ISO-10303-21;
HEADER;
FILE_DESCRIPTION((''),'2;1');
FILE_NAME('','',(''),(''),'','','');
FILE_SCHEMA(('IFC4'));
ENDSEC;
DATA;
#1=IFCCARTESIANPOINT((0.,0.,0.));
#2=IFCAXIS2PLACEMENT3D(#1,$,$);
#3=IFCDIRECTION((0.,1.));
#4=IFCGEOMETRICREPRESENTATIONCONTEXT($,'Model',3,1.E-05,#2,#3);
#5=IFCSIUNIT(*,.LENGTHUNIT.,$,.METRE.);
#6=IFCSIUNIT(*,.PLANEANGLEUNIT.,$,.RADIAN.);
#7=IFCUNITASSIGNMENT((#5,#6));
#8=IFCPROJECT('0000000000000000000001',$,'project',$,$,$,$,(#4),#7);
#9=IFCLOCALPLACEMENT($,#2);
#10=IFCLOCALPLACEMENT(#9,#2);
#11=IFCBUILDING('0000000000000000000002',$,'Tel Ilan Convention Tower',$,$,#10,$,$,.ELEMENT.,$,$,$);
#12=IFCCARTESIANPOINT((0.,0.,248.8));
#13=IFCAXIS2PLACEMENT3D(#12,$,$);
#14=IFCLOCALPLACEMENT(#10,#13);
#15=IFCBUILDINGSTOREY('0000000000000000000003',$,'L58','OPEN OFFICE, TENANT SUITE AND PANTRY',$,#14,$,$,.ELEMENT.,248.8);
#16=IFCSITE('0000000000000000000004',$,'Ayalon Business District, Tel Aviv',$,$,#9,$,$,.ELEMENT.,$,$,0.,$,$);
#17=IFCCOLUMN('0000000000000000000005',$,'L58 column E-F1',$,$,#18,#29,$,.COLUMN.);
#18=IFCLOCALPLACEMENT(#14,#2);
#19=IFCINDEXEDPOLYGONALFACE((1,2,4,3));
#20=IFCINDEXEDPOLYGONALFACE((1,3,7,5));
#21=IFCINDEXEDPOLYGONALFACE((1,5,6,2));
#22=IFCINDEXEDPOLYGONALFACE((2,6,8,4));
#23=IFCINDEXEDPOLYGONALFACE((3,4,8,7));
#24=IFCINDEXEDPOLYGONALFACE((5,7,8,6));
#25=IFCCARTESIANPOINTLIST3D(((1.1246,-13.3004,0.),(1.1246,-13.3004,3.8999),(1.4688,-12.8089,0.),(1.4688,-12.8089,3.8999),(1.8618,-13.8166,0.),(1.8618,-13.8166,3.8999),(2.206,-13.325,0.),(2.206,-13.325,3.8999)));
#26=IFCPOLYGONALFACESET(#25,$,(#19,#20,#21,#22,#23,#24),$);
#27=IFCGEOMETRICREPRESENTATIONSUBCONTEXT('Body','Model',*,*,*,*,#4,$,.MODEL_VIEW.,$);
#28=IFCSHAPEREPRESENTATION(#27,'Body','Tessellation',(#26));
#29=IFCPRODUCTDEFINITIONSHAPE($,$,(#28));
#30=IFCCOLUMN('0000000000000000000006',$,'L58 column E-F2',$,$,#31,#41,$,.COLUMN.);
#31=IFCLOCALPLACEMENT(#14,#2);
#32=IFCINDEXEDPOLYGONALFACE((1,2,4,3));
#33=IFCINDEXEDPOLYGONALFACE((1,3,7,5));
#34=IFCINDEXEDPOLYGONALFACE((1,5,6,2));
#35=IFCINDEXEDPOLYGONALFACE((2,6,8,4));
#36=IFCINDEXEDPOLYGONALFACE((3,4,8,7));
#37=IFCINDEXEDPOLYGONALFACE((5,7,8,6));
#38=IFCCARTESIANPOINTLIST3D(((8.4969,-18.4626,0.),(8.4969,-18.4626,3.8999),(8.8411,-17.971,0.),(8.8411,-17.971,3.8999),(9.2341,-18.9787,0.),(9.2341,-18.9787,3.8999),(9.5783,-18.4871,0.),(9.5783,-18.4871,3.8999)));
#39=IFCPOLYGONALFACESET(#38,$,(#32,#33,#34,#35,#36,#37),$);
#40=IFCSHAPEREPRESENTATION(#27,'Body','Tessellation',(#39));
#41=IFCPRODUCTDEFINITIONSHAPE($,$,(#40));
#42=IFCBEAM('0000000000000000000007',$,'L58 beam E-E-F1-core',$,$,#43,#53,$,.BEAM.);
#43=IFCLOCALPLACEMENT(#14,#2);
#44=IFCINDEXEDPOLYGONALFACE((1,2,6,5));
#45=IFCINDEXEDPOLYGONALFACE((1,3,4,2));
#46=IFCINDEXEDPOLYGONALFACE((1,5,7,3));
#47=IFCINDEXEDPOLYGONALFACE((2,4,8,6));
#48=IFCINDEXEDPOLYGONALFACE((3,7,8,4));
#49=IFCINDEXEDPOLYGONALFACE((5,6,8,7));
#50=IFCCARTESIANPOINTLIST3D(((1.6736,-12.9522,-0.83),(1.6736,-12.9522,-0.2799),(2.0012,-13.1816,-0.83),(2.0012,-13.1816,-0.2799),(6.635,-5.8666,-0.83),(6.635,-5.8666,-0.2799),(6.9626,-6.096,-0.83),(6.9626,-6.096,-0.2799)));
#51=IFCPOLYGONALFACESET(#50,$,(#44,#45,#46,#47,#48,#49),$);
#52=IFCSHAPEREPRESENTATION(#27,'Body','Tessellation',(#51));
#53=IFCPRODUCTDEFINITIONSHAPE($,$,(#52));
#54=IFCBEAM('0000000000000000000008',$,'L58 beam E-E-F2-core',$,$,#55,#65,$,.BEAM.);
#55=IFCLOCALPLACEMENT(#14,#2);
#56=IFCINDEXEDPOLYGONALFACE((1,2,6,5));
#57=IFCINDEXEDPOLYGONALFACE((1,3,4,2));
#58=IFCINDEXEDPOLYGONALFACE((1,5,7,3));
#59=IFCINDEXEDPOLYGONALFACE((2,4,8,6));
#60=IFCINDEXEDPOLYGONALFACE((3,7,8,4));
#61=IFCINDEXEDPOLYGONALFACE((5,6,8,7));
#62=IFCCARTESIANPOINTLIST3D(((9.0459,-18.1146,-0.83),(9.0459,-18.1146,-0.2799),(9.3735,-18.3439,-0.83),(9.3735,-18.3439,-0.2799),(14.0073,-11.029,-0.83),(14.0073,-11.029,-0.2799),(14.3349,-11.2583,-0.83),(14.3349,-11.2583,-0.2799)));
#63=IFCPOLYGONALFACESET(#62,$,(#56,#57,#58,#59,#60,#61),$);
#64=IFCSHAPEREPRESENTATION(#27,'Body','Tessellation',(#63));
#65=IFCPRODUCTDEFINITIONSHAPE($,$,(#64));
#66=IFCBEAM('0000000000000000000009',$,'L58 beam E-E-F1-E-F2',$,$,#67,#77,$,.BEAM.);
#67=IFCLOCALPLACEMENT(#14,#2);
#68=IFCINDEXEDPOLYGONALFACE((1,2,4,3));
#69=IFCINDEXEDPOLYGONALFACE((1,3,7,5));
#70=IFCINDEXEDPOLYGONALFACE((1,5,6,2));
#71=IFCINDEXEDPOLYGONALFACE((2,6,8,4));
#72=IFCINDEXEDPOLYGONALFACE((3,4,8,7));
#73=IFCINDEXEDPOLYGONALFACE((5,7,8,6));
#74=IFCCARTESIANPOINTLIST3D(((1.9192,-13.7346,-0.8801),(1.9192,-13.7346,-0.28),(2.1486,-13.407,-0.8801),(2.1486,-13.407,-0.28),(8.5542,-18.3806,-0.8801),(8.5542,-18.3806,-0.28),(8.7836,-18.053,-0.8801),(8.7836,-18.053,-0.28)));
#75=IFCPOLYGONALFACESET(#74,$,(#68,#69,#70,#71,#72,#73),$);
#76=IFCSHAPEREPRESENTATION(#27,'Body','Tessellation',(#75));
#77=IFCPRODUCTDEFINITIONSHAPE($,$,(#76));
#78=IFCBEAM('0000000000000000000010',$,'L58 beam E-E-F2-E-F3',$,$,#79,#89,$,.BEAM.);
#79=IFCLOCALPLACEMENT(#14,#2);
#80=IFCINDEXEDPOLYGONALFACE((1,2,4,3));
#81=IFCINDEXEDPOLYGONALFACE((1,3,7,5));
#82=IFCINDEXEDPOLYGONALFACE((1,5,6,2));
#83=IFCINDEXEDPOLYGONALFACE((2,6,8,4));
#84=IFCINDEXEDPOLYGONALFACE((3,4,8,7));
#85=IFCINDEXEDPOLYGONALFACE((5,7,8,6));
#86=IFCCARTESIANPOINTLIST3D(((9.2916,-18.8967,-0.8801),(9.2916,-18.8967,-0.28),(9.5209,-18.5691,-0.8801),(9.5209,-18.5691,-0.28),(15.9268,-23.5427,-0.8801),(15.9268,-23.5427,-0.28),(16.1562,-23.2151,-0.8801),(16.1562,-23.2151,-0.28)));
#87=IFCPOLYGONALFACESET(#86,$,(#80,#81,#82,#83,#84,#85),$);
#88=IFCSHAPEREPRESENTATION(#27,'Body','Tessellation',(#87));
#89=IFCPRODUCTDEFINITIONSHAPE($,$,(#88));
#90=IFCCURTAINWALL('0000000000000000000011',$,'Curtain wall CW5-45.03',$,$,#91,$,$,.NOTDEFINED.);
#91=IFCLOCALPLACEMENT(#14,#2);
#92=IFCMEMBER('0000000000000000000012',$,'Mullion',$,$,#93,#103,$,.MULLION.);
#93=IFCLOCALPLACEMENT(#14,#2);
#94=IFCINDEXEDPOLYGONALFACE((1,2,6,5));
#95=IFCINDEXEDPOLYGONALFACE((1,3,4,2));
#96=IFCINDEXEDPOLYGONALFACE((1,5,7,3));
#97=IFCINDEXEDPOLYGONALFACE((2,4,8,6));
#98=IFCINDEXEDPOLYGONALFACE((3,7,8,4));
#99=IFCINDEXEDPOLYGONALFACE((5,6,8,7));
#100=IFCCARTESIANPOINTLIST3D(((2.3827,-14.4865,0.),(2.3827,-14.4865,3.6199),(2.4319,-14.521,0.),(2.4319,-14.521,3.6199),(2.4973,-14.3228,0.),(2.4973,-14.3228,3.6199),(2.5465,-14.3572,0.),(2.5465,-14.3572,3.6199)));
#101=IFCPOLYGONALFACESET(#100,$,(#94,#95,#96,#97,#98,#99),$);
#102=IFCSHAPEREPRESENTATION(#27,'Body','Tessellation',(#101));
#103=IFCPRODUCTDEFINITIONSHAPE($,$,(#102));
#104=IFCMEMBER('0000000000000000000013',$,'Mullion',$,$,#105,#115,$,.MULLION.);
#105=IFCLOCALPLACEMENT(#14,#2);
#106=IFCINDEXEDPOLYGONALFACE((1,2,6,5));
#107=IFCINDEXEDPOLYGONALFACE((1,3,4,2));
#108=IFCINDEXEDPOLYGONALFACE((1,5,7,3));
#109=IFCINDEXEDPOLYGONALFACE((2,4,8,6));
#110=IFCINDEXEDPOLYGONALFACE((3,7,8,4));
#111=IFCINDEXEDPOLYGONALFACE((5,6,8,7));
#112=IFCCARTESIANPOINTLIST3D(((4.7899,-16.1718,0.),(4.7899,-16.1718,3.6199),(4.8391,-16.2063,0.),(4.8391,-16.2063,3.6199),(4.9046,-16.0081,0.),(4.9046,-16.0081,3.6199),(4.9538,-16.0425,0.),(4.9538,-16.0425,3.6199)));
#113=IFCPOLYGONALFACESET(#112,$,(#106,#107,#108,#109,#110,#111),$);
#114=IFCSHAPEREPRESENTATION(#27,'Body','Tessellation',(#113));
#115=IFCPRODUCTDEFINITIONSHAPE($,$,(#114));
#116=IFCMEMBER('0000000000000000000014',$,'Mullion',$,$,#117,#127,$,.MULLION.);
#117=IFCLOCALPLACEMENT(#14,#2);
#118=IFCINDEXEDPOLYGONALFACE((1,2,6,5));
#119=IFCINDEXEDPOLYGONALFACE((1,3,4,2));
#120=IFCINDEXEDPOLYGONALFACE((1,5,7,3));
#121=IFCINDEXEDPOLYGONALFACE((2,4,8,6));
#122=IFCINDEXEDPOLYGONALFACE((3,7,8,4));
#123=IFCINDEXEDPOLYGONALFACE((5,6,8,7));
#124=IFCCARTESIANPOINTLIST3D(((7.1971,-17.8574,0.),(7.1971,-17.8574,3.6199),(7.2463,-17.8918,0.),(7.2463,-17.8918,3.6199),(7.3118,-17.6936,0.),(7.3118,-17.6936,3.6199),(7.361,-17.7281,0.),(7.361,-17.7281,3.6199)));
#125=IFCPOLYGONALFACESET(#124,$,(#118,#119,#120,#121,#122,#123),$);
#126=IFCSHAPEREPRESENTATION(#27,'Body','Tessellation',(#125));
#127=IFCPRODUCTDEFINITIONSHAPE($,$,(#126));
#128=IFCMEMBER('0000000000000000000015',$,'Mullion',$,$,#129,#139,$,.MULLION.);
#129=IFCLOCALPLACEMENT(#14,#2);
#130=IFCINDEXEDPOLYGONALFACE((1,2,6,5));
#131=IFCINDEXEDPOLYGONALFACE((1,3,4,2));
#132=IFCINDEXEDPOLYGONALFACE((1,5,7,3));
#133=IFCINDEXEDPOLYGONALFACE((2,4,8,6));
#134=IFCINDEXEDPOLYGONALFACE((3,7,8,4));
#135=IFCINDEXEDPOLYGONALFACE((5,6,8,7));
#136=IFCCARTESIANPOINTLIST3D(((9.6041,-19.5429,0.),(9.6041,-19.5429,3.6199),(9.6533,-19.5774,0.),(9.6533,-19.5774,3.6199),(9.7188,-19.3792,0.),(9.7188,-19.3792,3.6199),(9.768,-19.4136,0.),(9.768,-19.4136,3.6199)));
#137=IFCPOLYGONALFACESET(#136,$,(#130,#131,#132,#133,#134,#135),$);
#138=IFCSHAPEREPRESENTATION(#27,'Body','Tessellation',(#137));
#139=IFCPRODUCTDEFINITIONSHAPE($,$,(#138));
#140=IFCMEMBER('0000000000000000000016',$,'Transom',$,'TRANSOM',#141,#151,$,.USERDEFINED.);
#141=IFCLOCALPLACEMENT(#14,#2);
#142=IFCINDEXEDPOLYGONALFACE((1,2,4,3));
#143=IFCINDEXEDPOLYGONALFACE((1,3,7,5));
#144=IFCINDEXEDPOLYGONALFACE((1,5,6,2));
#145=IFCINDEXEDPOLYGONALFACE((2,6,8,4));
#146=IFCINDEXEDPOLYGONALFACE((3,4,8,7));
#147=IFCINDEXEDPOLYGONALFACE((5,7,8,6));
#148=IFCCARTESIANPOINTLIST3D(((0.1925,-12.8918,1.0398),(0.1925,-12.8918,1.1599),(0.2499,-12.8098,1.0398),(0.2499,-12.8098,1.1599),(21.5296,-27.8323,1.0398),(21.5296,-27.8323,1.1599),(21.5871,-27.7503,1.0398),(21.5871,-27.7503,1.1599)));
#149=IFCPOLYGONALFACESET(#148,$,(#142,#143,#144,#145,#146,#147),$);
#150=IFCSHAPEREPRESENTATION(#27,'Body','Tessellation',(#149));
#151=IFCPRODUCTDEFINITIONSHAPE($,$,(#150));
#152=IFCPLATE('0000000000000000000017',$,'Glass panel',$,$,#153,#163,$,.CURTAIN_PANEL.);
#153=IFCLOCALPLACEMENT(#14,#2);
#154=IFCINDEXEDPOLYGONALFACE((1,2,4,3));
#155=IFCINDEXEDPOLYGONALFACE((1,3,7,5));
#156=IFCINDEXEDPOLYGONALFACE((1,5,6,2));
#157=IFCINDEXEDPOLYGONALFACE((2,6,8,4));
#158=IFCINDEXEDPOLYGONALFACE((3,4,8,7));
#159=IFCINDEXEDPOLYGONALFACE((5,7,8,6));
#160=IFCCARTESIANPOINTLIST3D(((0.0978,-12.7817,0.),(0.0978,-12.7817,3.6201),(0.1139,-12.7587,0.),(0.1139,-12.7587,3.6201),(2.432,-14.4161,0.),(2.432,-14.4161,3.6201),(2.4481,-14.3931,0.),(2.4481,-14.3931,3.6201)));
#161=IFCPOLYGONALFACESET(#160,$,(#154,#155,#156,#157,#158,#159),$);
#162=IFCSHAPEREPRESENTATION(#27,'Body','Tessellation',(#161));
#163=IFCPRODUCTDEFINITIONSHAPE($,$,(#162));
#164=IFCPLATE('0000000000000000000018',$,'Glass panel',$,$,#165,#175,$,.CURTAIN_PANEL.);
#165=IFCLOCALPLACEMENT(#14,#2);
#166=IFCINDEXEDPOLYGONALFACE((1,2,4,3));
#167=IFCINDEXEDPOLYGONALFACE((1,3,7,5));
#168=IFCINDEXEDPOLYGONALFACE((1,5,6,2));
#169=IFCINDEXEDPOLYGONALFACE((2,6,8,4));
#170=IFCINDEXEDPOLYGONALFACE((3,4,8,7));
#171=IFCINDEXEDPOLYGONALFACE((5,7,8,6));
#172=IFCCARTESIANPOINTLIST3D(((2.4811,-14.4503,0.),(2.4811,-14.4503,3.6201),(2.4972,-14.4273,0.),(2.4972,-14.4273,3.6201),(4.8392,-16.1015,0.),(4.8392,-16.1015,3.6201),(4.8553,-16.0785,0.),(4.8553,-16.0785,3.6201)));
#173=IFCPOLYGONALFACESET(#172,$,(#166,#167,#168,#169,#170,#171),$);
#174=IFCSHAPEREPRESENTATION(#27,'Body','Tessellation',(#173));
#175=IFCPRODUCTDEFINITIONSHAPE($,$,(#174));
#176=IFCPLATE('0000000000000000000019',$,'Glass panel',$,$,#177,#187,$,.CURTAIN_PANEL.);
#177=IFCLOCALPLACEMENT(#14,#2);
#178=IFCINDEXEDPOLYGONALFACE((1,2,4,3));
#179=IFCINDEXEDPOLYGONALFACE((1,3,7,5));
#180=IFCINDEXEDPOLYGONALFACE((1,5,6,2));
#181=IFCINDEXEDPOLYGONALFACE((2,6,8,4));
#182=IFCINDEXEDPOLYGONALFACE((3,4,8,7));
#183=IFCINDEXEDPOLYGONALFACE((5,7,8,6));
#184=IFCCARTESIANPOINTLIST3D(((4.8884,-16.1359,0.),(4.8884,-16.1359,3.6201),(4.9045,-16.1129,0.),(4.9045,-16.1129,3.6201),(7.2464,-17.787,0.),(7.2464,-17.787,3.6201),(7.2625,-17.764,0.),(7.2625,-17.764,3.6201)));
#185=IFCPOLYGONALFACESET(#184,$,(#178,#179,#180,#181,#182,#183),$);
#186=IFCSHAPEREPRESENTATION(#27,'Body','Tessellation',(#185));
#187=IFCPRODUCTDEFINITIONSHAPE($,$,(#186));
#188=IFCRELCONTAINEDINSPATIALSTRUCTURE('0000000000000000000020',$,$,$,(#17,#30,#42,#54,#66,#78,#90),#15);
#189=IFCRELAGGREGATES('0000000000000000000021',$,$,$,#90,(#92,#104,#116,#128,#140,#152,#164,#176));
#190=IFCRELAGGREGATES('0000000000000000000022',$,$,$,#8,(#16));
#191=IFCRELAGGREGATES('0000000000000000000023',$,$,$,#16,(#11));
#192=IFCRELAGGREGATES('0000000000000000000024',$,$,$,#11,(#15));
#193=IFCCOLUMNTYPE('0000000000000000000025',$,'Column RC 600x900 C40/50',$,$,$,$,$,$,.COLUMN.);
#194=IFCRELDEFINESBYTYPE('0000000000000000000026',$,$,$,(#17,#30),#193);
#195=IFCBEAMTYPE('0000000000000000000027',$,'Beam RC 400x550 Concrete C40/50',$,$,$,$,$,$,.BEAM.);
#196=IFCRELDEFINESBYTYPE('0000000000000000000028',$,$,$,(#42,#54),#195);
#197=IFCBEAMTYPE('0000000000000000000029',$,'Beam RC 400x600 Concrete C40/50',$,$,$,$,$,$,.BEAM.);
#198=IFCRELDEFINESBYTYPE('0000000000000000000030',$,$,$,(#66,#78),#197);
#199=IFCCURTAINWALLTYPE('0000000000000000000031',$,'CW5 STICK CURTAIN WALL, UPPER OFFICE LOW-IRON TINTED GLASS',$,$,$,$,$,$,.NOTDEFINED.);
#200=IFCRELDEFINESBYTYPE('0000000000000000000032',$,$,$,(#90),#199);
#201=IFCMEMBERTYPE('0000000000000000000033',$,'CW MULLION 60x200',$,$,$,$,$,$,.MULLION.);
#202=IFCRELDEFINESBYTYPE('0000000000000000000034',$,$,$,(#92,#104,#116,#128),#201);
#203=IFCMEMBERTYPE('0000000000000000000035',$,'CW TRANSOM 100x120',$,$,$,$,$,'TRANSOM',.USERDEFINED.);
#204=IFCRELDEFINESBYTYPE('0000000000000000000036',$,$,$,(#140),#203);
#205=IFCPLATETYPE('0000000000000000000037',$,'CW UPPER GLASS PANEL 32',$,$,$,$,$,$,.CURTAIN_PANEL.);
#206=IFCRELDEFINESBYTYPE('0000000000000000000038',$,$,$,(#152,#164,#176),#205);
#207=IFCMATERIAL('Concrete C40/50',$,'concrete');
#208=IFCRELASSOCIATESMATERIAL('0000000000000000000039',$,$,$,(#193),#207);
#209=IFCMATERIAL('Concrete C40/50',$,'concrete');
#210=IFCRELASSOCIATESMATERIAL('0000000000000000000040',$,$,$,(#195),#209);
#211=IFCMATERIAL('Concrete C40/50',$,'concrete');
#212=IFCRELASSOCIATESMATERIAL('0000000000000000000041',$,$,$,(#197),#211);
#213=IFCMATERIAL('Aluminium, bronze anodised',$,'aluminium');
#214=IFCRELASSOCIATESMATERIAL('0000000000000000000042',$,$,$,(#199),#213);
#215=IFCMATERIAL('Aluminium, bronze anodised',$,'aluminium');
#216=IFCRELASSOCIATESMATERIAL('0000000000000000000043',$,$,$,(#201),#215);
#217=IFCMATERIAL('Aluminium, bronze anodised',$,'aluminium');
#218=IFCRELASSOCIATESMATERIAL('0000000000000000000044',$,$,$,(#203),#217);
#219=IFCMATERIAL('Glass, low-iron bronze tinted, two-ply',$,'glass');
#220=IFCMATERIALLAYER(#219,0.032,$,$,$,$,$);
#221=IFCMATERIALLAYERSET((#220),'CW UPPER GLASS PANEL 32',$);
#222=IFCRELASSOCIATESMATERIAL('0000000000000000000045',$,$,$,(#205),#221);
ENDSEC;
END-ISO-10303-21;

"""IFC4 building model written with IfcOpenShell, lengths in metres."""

from ifc_helpers import new_model, si_unit, direction, frame, origin, origin_2d, place, context, subcontext, project, spatial, rectangle, extrude, material, layer, layer_set, material_profile, profile_set, type_object, element, aggregate, save


model = new_model("IFC4")

# Units and contexts
model_context = context("Model", 3, precision=1e-05, world=origin(), true_north=direction((0.0, 1.0)))
body_context = subcontext(model_context, "Body", "Model", "MODEL_VIEW")
ifc_project = project(units=[si_unit("LENGTHUNIT", "METRE"), si_unit("PLANEANGLEUNIT", "RADIAN")], contexts=[model_context])

# Site, building, storey
site_placement = place(None, origin())
site = spatial("IfcSite", under=ifc_project, at=site_placement, Name="Ayalon Business District, Tel Aviv", CompositionType="ELEMENT", RefElevation=0.0)
building_placement = place(site_placement, origin())
building = spatial("IfcBuilding", under=site, at=building_placement, Name="Tel Ilan Convention Tower", CompositionType="ELEMENT")
storey_placement = place(building_placement, frame((0.0, 0.0, 248.8)))
storey = spatial("IfcBuildingStorey", under=building, at=storey_placement, Name="L58", Description="OPEN OFFICE, TENANT SUITE AND PANTRY", CompositionType="ELEMENT", Elevation=248.8)

# Columns
ifc_material_1 = material(Name="Concrete C40/50", Category="concrete")
ifc_material_profile_1 = material_profile(ifc_material_1, rectangle(XDim=0.8999, YDim=0.6001, at=origin_2d()), Name="RC 600x900")
ifc_profile_set_1 = profile_set([ifc_material_profile_1], Name="Concrete C40/50")
column_type = type_object("IfcColumnType", Name="Column RC 600x900 C40/50", PredefinedType="COLUMN", material=ifc_profile_set_1)
for number, where, z_axis, x_axis, name in (
    (1, (1.6653, -13.3127, 0.0), (0.0, 0.0, 1.0), (0.819152, -0.573576, 0.0), "L58 column E-F1"),
    (2, (9.0376, -18.4749, 0.0), (0.0, 0.0, 1.0), (0.819152, -0.573576, 0.0), "L58 column E-F2"),
):
    element("IfcColumn", number, at=place(storey_placement, frame(where, z_axis=z_axis, x_axis=x_axis)), inside=storey, type_object=column_type, Name=name, PredefinedType="COLUMN", context=body_context, shape_type="SweptSolid", body=[
        extrude(rectangle(XDim=0.8999, YDim=0.6001, at=origin_2d()), origin(), (0.0, 0.0, 1.0), 3.8999),
    ])

# Beams
ifc_material_2 = material(Name="Concrete C40/50", Category="concrete")
ifc_material_profile_2 = material_profile(ifc_material_2, rectangle(XDim=0.3999, YDim=0.55, at=origin_2d()), Name="RC 400x550")
ifc_profile_set_2 = profile_set([ifc_material_profile_2], Name="Concrete C40/50")
beam_type_1 = type_object("IfcBeamType", Name="Beam RC 400x550 Concrete C40/50", PredefinedType="BEAM", material=ifc_profile_set_2)
for number, where, z_axis, x_axis, name in (
    (3, (1.8374, -13.0669, -0.5549), (0.573574, 0.819154, 0.0), (-0.819154, 0.573574, 0.0), "L58 beam E-E-F1-core"),
    (4, (9.2097, -18.2292, -0.5549), (0.573574, 0.819154, 0.0), (-0.819154, 0.573574, 0.0), "L58 beam E-E-F2-core"),
):
    element("IfcBeam", number, at=place(storey_placement, frame(where, z_axis=z_axis, x_axis=x_axis)), inside=storey, type_object=beam_type_1, Name=name, PredefinedType="BEAM", context=body_context, shape_type="SweptSolid", body=[
        extrude(rectangle(XDim=0.3999, YDim=0.55, at=origin_2d()), origin(), (0.0, 0.0, 1.0), 8.6499),
    ])
ifc_material_3 = material(Name="Concrete C40/50", Category="concrete")
ifc_material_profile_3 = material_profile(ifc_material_3, rectangle(XDim=0.3999, YDim=0.6001, at=origin_2d()), Name="RC 400x600")
ifc_profile_set_3 = profile_set([ifc_material_profile_3], Name="Concrete C40/50")
beam_type_2 = type_object("IfcBeamType", Name="Beam RC 400x600 Concrete C40/50", PredefinedType="BEAM", material=ifc_profile_set_3)
beam_1_placement = place(storey_placement, frame((2.0339, -13.5708, -0.5801), z_axis=(0.819146, -0.573586, 0.0), x_axis=(0.573586, 0.819146, 0.0)))
element("IfcBeam", 5, at=beam_1_placement, inside=storey, type_object=beam_type_2, Name="L58 beam E-E-F1-E-F2", PredefinedType="BEAM", context=body_context, shape_type="SweptSolid", body=[
    extrude(rectangle(XDim=0.3999, YDim=0.6001, at=origin_2d()), origin(), (0.0, 0.0, 1.0), 8.0999),
])
beam_2_placement = place(storey_placement, frame((9.4062, -18.7329, -0.5801), z_axis=(0.819155, -0.573572, 0.0), x_axis=(0.573572, 0.819155, 0.0)))
element("IfcBeam", 6, at=beam_2_placement, inside=storey, type_object=beam_type_2, Name="L58 beam E-E-F2-E-F3", PredefinedType="BEAM", context=body_context, shape_type="SweptSolid", body=[
    extrude(rectangle(XDim=0.3999, YDim=0.6001, at=origin_2d()), origin(), (0.0, 0.0, 1.0), 8.1001),
])

# Curtain wall, members, plates
ifc_material_4 = material(Name="Aluminium, bronze anodised", Category="aluminium")
curtain_wall_type = type_object("IfcCurtainWallType", Name="CW5 STICK CURTAIN WALL, UPPER OFFICE LOW-IRON TINTED GLASS", PredefinedType="NOTDEFINED", material=ifc_material_4)
curtain_wall_placement = place(storey_placement, origin())
curtain_wall = element("IfcCurtainWall", 7, at=curtain_wall_placement, inside=storey, type_object=curtain_wall_type, Name="Curtain wall CW5-45.03", PredefinedType="NOTDEFINED")
ifc_material_5 = material(Name="Aluminium, bronze anodised", Category="aluminium")
ifc_material_profile_4 = material_profile(ifc_material_5, rectangle(XDim=0.0601, YDim=0.2, at=origin_2d()), Name="CW MULLION 60x200")
ifc_profile_set_4 = profile_set([ifc_material_profile_4], Name="Aluminium, bronze anodised")
member_type_1 = type_object("IfcMemberType", Name="CW MULLION 60x200", PredefinedType="MULLION", material=ifc_profile_set_4)
member_1_placement = place(storey_placement, frame((2.4646, -14.4219, 0.0), z_axis=(0.0, 0.0, 1.0), x_axis=(0.819152, -0.573576, 0.0)))
member_1 = element("IfcMember", 8, at=member_1_placement, type_object=member_type_1, Name="Mullion", PredefinedType="MULLION", context=body_context, shape_type="SweptSolid", body=[
    extrude(rectangle(XDim=0.0601, YDim=0.2, at=origin_2d()), origin(), (0.0, 0.0, 1.0), 3.6199),
])
member_2_placement = place(storey_placement, frame((4.8718, -16.1072, 0.0), z_axis=(0.0, 0.0, 1.0), x_axis=(0.819152, -0.573576, 0.0)))
member_2 = element("IfcMember", 9, at=member_2_placement, type_object=member_type_1, Name="Mullion", PredefinedType="MULLION", context=body_context, shape_type="SweptSolid", body=[
    extrude(rectangle(XDim=0.0601, YDim=0.2, at=origin_2d()), origin(), (0.0, 0.0, 1.0), 3.6199),
])
member_3_placement = place(storey_placement, frame((7.2791, -17.7927, 0.0), z_axis=(0.0, 0.0, 1.0), x_axis=(0.819152, -0.573576, 0.0)))
member_3 = element("IfcMember", 10, at=member_3_placement, type_object=member_type_1, Name="Mullion", PredefinedType="MULLION", context=body_context, shape_type="SweptSolid", body=[
    extrude(rectangle(XDim=0.0601, YDim=0.2, at=origin_2d()), origin(), (0.0, 0.0, 1.0), 3.6199),
])
member_4_placement = place(storey_placement, frame((9.686, -19.4783, 0.0), z_axis=(0.0, 0.0, 1.0), x_axis=(0.819152, -0.573576, 0.0)))
member_4 = element("IfcMember", 11, at=member_4_placement, type_object=member_type_1, Name="Mullion", PredefinedType="MULLION", context=body_context, shape_type="SweptSolid", body=[
    extrude(rectangle(XDim=0.0601, YDim=0.2, at=origin_2d()), origin(), (0.0, 0.0, 1.0), 3.6199),
])
ifc_material_6 = material(Name="Aluminium, bronze anodised", Category="aluminium")
ifc_material_profile_5 = material_profile(ifc_material_6, rectangle(XDim=0.1001, YDim=0.1201, at=origin_2d()), Name="CW TRANSOM 100x120")
ifc_profile_set_5 = profile_set([ifc_material_profile_5], Name="Aluminium, bronze anodised")
member_type_2 = type_object("IfcMemberType", Name="CW TRANSOM 100x120", ElementType="TRANSOM", PredefinedType="USERDEFINED", material=ifc_profile_set_5)
member_5_placement = place(storey_placement, frame((0.2212, -12.8508, 1.0999), z_axis=(0.819152, -0.573576, 0.0), x_axis=(0.573576, 0.819152, 0.0)))
member_5 = element("IfcMember", 12, at=member_5_placement, type_object=member_type_2, Name="Transom", ObjectType="TRANSOM", PredefinedType="USERDEFINED", context=body_context, shape_type="SweptSolid", body=[
    extrude(rectangle(XDim=0.1001, YDim=0.1201, at=origin_2d()), origin(), (0.0, 0.0, 1.0), 26.0479),
])
ifc_material_7 = material(Name="Glass, low-iron bronze tinted, two-ply", Category="glass")
ifc_layer_1 = layer(ifc_material_7, 0.032)
ifc_layer_set_1 = layer_set([ifc_layer_1], Name="CW UPPER GLASS PANEL 32")
plate_type = type_object("IfcPlateType", Name="CW UPPER GLASS PANEL 32", PredefinedType="CURTAIN_PANEL", material=ifc_layer_set_1)
plate_1_placement = place(storey_placement, frame((1.2729, -13.5874, 0.0), z_axis=(0.0, 0.0, 1.0), x_axis=(0.819152, -0.573576, 0.0)))
plate_1 = element("IfcPlate", 13, at=plate_1_placement, type_object=plate_type, Name="Glass panel", PredefinedType="CURTAIN_PANEL", context=body_context, shape_type="SweptSolid", body=[
    extrude(rectangle(XDim=2.8496, YDim=0.0281, at=origin_2d()), origin(), (0.0, 0.0, 1.0), 3.6201),
])
plate_2_placement = place(storey_placement, frame((3.6682, -15.2644, 0.0), z_axis=(0.0, 0.0, 1.0), x_axis=(0.819152, -0.573576, 0.0)))
plate_2 = element("IfcPlate", 14, at=plate_2_placement, type_object=plate_type, Name="Glass panel", PredefinedType="CURTAIN_PANEL", context=body_context, shape_type="SweptSolid", body=[
    extrude(rectangle(XDim=2.8787, YDim=0.0281, at=origin_2d()), origin(), (0.0, 0.0, 1.0), 3.6201),
])
plate_3_placement = place(storey_placement, frame((6.0754, -16.95, 0.0), z_axis=(0.0, 0.0, 1.0), x_axis=(0.819152, -0.573576, 0.0)))
plate_3 = element("IfcPlate", 15, at=plate_3_placement, type_object=plate_type, Name="Glass panel", PredefinedType="CURTAIN_PANEL", context=body_context, shape_type="SweptSolid", body=[
    extrude(rectangle(XDim=2.8787, YDim=0.0281, at=origin_2d()), origin(), (0.0, 0.0, 1.0), 3.6201),
])
aggregate(curtain_wall, [member_1, member_2, member_3, member_4, member_5, plate_1, plate_2, plate_3])

save(model, "model.ifc")
